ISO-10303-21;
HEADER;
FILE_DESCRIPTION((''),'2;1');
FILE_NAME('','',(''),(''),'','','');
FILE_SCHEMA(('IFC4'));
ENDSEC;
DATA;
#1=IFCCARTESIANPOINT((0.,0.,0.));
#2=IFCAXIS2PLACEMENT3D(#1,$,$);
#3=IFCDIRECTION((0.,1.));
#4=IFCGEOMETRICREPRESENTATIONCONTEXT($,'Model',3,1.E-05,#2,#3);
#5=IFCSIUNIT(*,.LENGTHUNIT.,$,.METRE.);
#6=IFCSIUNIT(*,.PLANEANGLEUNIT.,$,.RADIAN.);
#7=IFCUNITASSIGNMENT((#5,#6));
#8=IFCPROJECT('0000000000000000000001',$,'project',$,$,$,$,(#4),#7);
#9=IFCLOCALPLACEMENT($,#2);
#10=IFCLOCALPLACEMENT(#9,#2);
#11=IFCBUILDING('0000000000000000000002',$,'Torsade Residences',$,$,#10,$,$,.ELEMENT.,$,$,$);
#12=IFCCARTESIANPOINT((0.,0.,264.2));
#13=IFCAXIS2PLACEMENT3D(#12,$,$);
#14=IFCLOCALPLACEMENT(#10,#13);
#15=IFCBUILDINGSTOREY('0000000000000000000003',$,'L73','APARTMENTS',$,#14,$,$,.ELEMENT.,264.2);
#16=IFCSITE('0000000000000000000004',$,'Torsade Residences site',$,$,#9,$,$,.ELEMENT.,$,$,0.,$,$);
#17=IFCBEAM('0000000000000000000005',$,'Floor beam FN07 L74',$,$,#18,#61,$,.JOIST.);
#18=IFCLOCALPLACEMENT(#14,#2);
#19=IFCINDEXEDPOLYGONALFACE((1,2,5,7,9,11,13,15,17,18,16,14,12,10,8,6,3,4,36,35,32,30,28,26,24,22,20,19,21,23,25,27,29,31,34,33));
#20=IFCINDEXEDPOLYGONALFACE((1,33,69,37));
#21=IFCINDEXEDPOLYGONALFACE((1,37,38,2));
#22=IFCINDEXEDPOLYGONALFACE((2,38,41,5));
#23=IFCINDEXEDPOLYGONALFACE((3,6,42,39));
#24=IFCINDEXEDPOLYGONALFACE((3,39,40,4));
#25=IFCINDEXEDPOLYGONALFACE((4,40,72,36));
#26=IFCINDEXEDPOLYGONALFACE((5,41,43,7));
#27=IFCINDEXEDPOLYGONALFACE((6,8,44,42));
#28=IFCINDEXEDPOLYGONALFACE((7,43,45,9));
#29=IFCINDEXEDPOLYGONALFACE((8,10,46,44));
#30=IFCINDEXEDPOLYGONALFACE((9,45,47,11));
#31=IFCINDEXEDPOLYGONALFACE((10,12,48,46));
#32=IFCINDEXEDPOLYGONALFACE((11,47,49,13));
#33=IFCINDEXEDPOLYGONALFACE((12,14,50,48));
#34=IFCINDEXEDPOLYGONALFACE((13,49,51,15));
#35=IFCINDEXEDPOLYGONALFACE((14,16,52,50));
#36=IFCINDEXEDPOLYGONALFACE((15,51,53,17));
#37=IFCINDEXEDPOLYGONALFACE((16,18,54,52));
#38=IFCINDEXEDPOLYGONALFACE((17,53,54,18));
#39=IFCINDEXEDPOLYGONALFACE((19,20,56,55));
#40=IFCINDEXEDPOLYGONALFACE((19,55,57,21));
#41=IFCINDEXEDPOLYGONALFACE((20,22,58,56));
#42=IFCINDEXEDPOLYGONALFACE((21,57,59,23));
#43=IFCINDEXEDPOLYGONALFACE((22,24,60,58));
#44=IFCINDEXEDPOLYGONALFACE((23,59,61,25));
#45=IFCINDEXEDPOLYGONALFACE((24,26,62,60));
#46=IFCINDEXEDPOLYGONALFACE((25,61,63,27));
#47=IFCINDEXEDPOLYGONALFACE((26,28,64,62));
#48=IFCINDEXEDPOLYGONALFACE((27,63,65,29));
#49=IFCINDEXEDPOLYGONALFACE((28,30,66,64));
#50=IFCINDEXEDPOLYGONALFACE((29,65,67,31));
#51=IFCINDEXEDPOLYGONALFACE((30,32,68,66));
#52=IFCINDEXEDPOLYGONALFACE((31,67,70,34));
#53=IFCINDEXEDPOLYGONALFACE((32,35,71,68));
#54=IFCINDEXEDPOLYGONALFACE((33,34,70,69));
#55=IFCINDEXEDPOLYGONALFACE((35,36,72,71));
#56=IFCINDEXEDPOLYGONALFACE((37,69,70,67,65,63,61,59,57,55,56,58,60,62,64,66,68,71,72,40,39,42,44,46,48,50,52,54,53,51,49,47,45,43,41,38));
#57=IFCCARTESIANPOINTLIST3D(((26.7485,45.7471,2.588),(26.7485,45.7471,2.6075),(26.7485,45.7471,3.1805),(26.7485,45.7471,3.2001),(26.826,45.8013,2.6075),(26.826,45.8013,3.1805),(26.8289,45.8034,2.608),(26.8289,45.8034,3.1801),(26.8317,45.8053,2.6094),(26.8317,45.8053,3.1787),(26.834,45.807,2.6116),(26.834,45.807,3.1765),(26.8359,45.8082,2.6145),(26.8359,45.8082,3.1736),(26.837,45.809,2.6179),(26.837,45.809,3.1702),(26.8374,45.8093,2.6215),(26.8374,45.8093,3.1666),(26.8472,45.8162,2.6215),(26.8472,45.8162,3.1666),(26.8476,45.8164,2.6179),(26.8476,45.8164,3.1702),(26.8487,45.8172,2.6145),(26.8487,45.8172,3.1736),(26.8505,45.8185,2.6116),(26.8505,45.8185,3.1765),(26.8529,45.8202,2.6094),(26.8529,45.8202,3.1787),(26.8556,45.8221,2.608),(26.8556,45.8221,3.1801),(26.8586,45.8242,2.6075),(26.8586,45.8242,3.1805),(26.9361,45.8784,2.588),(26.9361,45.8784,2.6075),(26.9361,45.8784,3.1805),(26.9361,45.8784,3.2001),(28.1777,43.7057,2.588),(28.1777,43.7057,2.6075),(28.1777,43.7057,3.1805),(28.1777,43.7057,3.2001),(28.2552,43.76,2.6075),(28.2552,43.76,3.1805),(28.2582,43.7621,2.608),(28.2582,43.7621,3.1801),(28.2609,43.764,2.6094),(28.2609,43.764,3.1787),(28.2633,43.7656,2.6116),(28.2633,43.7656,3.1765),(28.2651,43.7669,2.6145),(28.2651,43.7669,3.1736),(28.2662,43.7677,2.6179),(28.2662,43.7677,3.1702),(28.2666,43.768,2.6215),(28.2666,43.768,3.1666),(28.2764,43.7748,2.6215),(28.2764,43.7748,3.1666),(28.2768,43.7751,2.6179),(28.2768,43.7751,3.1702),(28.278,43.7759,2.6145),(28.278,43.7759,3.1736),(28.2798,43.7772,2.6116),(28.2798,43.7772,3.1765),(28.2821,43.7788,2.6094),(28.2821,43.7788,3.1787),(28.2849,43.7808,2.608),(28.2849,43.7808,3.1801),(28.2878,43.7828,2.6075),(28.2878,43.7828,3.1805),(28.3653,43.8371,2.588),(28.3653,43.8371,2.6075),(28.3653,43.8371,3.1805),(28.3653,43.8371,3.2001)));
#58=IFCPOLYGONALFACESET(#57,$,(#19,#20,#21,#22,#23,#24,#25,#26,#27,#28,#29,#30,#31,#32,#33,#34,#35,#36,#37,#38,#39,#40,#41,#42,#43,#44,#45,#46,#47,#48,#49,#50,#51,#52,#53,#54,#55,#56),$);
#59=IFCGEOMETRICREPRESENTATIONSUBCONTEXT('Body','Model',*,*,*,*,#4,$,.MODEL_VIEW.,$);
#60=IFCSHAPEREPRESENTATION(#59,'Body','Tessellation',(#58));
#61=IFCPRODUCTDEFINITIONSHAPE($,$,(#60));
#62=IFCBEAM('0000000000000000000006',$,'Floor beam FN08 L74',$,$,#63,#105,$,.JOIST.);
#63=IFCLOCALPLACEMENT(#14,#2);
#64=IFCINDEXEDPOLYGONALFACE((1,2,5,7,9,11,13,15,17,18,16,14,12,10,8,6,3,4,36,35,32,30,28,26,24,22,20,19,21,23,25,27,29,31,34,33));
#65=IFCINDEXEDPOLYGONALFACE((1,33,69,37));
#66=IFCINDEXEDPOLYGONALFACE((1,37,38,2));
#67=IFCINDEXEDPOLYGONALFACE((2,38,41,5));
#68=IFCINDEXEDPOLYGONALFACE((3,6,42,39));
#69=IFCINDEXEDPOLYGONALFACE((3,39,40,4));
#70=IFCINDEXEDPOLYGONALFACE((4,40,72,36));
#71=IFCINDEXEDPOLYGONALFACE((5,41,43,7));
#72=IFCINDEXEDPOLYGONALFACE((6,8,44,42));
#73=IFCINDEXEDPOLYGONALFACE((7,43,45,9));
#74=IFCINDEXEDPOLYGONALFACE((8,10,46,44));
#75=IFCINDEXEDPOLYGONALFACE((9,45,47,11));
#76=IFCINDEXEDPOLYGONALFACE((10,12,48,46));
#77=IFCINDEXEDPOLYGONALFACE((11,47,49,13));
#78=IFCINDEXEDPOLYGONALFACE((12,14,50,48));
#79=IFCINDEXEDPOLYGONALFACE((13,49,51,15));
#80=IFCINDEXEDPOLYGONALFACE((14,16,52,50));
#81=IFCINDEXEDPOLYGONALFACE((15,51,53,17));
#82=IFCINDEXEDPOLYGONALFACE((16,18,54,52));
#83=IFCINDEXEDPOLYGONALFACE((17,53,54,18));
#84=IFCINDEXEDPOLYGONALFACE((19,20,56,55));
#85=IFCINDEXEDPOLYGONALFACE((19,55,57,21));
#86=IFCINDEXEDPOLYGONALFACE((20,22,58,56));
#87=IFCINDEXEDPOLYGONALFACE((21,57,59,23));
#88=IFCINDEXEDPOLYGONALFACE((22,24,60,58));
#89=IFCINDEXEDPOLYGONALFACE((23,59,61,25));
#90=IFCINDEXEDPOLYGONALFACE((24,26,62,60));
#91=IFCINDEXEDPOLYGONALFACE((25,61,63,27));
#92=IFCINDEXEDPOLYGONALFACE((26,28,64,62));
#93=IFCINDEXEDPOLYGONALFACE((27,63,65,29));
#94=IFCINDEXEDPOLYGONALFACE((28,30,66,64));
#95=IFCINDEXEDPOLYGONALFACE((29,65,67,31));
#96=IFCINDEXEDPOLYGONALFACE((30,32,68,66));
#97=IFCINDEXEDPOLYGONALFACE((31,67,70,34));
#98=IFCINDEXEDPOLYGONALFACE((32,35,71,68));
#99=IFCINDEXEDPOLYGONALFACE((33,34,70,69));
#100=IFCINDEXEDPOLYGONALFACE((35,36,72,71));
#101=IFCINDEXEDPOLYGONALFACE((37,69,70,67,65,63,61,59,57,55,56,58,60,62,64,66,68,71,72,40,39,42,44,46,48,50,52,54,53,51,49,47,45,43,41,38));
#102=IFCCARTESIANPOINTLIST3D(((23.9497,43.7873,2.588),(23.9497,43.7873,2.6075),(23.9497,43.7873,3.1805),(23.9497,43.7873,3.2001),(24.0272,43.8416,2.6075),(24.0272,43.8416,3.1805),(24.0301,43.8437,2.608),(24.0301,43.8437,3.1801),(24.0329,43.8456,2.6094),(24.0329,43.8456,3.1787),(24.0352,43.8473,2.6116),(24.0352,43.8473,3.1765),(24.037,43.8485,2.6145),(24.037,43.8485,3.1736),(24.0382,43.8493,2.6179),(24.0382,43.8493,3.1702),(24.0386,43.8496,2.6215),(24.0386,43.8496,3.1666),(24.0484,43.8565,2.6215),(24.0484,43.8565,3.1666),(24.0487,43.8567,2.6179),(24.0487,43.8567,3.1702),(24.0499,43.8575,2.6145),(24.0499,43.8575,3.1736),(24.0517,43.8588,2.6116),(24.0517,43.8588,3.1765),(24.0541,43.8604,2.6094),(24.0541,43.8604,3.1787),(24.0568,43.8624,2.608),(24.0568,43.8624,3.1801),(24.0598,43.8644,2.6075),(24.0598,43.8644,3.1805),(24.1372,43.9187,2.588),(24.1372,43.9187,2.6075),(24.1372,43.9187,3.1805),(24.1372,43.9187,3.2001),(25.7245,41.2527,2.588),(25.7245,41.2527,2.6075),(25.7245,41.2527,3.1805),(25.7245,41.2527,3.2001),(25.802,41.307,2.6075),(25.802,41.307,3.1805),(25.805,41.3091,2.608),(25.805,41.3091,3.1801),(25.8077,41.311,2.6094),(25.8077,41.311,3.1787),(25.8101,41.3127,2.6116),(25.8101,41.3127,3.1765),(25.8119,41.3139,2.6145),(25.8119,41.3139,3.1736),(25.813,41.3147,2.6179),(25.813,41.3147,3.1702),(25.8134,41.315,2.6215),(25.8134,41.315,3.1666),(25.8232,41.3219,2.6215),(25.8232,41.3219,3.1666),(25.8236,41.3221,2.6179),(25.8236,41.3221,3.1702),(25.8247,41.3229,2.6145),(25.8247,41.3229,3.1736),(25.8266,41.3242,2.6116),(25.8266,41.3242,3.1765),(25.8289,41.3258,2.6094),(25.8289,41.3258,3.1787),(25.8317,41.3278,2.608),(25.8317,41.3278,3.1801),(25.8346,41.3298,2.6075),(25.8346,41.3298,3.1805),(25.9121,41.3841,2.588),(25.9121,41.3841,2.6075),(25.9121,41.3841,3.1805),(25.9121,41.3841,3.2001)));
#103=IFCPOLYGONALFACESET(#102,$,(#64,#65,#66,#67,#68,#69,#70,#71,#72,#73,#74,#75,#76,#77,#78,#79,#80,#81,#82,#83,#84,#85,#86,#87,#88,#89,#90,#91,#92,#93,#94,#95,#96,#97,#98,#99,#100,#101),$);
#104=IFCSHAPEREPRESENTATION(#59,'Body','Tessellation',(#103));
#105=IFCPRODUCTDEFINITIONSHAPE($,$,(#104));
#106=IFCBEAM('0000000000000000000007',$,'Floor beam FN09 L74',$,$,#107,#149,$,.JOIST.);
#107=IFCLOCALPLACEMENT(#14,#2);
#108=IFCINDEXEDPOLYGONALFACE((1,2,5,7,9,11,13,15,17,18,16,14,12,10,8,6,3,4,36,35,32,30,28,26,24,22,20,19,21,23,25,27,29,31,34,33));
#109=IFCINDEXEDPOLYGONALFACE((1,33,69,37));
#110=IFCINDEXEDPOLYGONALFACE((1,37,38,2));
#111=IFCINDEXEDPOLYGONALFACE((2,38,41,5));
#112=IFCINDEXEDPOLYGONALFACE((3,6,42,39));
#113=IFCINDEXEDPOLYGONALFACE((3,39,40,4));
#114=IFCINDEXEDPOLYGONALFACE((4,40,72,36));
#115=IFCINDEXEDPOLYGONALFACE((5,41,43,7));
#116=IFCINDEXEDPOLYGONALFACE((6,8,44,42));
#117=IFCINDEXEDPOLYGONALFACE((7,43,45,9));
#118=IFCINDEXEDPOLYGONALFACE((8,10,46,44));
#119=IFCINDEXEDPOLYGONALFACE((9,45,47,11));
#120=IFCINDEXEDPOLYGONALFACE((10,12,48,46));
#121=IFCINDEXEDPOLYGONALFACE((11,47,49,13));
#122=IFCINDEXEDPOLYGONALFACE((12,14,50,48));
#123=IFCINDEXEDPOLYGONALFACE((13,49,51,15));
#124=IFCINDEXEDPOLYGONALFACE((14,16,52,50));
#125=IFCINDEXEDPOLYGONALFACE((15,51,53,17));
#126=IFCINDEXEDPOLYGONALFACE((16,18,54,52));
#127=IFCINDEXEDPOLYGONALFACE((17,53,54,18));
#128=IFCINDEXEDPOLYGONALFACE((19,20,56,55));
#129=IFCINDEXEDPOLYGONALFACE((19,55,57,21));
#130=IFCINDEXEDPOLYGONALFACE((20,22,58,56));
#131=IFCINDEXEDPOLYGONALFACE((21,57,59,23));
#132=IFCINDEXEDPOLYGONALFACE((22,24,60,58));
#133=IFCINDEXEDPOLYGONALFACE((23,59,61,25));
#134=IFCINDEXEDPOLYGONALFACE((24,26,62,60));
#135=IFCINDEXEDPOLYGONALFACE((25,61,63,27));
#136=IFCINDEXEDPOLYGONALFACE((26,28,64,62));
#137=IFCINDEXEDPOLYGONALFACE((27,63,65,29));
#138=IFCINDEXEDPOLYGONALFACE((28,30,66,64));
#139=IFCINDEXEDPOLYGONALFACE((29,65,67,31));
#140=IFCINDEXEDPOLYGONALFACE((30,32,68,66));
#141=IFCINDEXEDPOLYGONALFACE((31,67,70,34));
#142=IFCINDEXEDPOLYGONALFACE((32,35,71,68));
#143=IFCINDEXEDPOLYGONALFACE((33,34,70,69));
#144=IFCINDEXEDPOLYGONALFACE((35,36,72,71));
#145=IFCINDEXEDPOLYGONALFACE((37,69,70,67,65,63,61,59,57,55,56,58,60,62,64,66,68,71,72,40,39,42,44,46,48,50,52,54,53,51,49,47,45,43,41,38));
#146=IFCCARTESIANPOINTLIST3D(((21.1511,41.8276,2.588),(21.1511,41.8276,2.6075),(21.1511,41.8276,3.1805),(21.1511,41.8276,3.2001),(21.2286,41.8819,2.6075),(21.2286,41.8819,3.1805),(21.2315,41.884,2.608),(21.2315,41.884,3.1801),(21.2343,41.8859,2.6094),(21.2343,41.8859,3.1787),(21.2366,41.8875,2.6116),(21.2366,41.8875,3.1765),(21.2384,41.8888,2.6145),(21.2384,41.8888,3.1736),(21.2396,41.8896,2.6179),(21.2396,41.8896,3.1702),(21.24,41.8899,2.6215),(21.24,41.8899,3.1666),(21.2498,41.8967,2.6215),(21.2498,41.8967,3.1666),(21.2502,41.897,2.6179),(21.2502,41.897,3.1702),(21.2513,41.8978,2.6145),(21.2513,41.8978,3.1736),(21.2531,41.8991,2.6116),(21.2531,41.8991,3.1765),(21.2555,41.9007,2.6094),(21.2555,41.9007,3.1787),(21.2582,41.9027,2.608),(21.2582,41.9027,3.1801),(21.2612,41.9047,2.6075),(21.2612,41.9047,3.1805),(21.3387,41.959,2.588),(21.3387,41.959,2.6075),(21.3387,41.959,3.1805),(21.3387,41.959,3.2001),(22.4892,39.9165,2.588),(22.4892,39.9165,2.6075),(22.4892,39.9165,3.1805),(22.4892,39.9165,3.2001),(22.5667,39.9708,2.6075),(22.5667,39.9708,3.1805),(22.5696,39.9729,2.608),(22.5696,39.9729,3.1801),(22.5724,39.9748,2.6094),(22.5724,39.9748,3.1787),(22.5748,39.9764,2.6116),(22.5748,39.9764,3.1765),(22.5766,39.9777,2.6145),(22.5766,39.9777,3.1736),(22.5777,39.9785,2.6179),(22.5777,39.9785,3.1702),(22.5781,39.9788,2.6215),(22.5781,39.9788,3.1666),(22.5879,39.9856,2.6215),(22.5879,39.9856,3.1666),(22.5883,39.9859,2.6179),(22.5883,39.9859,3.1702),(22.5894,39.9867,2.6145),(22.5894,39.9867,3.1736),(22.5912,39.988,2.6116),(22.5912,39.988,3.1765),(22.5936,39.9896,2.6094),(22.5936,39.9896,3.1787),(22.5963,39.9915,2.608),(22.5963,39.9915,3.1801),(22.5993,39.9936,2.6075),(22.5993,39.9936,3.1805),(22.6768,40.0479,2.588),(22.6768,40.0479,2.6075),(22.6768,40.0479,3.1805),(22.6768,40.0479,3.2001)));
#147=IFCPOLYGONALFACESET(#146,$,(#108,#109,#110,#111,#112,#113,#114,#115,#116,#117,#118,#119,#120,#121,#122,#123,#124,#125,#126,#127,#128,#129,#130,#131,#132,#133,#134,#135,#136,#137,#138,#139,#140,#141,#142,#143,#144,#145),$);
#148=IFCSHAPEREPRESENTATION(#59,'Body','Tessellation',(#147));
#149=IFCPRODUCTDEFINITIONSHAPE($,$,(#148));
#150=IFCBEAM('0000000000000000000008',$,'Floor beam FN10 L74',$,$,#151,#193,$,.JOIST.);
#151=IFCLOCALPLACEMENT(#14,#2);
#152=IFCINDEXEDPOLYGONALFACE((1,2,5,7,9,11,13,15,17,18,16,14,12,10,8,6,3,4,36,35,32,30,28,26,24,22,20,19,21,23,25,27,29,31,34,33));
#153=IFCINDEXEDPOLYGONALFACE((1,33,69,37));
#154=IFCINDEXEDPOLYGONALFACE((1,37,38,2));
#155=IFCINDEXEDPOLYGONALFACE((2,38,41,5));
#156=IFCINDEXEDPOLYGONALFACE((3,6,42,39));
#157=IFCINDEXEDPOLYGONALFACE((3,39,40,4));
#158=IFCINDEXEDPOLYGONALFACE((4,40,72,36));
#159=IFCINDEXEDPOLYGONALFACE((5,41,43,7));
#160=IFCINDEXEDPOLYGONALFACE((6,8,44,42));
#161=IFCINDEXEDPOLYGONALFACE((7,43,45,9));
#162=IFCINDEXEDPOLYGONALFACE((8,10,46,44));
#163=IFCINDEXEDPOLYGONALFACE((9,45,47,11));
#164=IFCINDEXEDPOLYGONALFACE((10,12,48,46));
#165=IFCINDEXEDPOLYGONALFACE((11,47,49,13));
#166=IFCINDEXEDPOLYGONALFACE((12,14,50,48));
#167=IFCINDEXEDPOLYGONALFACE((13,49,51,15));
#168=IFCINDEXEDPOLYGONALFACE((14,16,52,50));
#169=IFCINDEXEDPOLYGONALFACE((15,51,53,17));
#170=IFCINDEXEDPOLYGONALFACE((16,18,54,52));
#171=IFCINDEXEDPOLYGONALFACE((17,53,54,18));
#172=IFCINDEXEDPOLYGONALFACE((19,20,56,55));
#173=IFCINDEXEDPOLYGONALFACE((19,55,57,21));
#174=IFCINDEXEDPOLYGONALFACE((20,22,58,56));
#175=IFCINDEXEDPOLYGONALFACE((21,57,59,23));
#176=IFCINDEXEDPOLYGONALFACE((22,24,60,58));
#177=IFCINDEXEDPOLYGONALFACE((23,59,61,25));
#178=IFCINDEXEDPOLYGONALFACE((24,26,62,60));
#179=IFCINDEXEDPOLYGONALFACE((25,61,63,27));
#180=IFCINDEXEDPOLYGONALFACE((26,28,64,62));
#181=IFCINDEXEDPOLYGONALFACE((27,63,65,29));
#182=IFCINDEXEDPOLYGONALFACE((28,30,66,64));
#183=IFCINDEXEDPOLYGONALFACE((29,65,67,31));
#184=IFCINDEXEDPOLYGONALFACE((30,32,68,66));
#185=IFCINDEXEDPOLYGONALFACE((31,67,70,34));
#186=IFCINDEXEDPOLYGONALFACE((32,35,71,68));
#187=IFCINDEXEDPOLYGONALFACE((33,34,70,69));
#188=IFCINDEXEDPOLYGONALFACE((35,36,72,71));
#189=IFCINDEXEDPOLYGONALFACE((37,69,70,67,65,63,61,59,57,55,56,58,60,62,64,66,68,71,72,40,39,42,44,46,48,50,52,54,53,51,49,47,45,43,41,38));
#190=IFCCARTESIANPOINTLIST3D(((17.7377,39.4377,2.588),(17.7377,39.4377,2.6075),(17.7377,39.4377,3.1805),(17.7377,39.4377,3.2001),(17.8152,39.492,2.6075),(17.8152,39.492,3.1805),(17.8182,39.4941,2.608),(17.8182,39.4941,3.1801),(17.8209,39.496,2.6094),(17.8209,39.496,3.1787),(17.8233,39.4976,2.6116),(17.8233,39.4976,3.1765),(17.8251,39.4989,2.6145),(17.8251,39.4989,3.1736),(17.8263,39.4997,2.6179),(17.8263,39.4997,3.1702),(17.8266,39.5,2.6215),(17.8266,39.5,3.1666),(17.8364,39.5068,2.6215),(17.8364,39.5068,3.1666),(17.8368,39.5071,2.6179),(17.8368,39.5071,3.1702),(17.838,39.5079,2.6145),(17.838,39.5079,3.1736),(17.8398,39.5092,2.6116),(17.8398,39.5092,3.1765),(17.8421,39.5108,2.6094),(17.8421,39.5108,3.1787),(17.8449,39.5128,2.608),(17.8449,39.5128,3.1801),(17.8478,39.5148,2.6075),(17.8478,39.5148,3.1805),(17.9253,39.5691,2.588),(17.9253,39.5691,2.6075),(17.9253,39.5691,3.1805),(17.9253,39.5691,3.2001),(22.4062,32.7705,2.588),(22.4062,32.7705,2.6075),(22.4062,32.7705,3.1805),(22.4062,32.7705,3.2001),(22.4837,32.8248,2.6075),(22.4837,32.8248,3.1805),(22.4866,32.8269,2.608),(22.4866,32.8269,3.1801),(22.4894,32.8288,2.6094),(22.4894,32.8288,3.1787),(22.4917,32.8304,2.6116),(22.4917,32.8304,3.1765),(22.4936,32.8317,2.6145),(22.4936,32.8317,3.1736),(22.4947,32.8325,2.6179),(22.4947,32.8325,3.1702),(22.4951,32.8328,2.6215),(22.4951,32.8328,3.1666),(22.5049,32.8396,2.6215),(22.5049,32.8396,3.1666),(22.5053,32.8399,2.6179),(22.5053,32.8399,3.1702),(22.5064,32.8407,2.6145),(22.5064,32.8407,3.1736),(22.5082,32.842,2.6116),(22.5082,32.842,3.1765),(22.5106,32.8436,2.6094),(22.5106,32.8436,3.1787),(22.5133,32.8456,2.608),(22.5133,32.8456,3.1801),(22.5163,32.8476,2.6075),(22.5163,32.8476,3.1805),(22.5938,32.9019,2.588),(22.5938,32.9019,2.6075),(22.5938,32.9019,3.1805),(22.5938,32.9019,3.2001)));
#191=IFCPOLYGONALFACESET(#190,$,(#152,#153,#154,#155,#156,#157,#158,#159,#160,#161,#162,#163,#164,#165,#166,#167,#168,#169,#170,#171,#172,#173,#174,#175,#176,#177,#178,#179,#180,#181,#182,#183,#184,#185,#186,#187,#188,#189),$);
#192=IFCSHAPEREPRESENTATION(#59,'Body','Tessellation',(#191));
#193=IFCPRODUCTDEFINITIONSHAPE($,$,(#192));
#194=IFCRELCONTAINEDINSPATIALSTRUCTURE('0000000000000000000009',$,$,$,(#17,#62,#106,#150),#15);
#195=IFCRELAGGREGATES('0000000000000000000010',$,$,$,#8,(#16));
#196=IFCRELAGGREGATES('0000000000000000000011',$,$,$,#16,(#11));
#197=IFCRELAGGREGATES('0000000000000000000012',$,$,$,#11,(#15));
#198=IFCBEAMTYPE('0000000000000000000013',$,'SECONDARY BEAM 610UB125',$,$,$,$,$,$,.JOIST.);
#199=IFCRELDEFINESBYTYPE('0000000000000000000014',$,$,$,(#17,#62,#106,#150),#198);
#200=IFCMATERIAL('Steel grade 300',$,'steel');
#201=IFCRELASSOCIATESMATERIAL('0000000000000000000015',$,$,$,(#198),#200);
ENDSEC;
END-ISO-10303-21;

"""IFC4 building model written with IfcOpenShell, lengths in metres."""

from ifc_helpers import new_model, si_unit, direction, frame, origin, origin_2d, place, context, subcontext, project, spatial, i_section, extrude, material, material_profile, profile_set, type_object, element, save


model = new_model("IFC4")

# Units and contexts
model_context = context("Model", 3, precision=1e-05, world=origin(), true_north=direction((0.0, 1.0)))
body_context = subcontext(model_context, "Body", "Model", "MODEL_VIEW")
ifc_project = project(units=[si_unit("LENGTHUNIT", "METRE"), si_unit("PLANEANGLEUNIT", "RADIAN")], contexts=[model_context])

# Site, building, storey
site_placement = place(None, origin())
site = spatial("IfcSite", under=ifc_project, at=site_placement, Name="Torsade Residences site", CompositionType="ELEMENT", RefElevation=0.0)
building_placement = place(site_placement, origin())
building = spatial("IfcBuilding", under=site, at=building_placement, Name="Torsade Residences", CompositionType="ELEMENT")
storey_placement = place(building_placement, frame((0.0, 0.0, 264.2)))
storey = spatial("IfcBuildingStorey", under=building, at=storey_placement, Name="L73", Description="APARTMENTS", CompositionType="ELEMENT", Elevation=264.2)

# Beams
ifc_material_1 = material(Name="Steel grade 300", Category="steel")
ifc_material_profile_1 = material_profile(ifc_material_1, i_section(OverallWidth=0.229, OverallDepth=0.6121, WebThickness=0.012, FlangeThickness=0.0195, FilletRadius=0.0139, at=origin_2d()), Name="610UB125")
ifc_profile_set_1 = profile_set([ifc_material_profile_1], Name="Steel grade 300")
beam_type_1 = type_object("IfcBeamType", Name="SECONDARY BEAM 610UB125", PredefinedType="JOIST", material=ifc_profile_set_1)
beam_1_placement = place(storey_placement, frame((26.8423, 45.8127, 2.894), z_axis=(0.573548, -0.819172, 0.0), x_axis=(0.819172, 0.573548, 0.0)))
element("IfcBeam", 1, at=beam_1_placement, inside=storey, type_object=beam_type_1, Name="Floor beam FN07 L74", PredefinedType="JOIST", context=body_context, shape_type="SweptSolid", body=[
    extrude(i_section(OverallWidth=0.229, OverallDepth=0.6121, WebThickness=0.012, FlangeThickness=0.0195, FilletRadius=0.0139, at=origin_2d()), origin(), (0.0, 0.0, 1.0), 2.4919),
])
beam_2_placement = place(storey_placement, frame((24.0435, 43.853, 2.894), z_axis=(0.5736, -0.819136, 0.0), x_axis=(0.819136, 0.5736, 0.0)))
element("IfcBeam", 2, at=beam_2_placement, inside=storey, type_object=beam_type_1, Name="Floor beam FN08 L74", PredefinedType="JOIST", context=body_context, shape_type="SweptSolid", body=[
    extrude(i_section(OverallWidth=0.229, OverallDepth=0.6121, WebThickness=0.012, FlangeThickness=0.0195, FilletRadius=0.0139, at=origin_2d()), origin(), (0.0, 0.0, 1.0), 3.0942),
])
beam_3_placement = place(storey_placement, frame((21.2449, 41.8933, 2.894), z_axis=(0.573561, -0.819163, 0.0), x_axis=(0.819163, 0.573561, 0.0)))
element("IfcBeam", 3, at=beam_3_placement, inside=storey, type_object=beam_type_1, Name="Floor beam FN09 L74", PredefinedType="JOIST", context=body_context, shape_type="SweptSolid", body=[
    extrude(i_section(OverallWidth=0.229, OverallDepth=0.6121, WebThickness=0.012, FlangeThickness=0.0195, FilletRadius=0.0139, at=origin_2d()), origin(), (0.0, 0.0, 1.0), 2.333),
])
beam_4_placement = place(storey_placement, frame((17.8315, 39.5034, 2.894), z_axis=(0.573577, -0.819152, 0.0), x_axis=(0.819152, 0.573577, 0.0)))
element("IfcBeam", 4, at=beam_4_placement, inside=storey, type_object=beam_type_1, Name="Floor beam FN10 L74", PredefinedType="JOIST", context=body_context, shape_type="SweptSolid", body=[
    extrude(i_section(OverallWidth=0.229, OverallDepth=0.6121, WebThickness=0.012, FlangeThickness=0.0195, FilletRadius=0.0139, at=origin_2d()), origin(), (0.0, 0.0, 1.0), 8.1392),
])

save(model, "model.ifc")
